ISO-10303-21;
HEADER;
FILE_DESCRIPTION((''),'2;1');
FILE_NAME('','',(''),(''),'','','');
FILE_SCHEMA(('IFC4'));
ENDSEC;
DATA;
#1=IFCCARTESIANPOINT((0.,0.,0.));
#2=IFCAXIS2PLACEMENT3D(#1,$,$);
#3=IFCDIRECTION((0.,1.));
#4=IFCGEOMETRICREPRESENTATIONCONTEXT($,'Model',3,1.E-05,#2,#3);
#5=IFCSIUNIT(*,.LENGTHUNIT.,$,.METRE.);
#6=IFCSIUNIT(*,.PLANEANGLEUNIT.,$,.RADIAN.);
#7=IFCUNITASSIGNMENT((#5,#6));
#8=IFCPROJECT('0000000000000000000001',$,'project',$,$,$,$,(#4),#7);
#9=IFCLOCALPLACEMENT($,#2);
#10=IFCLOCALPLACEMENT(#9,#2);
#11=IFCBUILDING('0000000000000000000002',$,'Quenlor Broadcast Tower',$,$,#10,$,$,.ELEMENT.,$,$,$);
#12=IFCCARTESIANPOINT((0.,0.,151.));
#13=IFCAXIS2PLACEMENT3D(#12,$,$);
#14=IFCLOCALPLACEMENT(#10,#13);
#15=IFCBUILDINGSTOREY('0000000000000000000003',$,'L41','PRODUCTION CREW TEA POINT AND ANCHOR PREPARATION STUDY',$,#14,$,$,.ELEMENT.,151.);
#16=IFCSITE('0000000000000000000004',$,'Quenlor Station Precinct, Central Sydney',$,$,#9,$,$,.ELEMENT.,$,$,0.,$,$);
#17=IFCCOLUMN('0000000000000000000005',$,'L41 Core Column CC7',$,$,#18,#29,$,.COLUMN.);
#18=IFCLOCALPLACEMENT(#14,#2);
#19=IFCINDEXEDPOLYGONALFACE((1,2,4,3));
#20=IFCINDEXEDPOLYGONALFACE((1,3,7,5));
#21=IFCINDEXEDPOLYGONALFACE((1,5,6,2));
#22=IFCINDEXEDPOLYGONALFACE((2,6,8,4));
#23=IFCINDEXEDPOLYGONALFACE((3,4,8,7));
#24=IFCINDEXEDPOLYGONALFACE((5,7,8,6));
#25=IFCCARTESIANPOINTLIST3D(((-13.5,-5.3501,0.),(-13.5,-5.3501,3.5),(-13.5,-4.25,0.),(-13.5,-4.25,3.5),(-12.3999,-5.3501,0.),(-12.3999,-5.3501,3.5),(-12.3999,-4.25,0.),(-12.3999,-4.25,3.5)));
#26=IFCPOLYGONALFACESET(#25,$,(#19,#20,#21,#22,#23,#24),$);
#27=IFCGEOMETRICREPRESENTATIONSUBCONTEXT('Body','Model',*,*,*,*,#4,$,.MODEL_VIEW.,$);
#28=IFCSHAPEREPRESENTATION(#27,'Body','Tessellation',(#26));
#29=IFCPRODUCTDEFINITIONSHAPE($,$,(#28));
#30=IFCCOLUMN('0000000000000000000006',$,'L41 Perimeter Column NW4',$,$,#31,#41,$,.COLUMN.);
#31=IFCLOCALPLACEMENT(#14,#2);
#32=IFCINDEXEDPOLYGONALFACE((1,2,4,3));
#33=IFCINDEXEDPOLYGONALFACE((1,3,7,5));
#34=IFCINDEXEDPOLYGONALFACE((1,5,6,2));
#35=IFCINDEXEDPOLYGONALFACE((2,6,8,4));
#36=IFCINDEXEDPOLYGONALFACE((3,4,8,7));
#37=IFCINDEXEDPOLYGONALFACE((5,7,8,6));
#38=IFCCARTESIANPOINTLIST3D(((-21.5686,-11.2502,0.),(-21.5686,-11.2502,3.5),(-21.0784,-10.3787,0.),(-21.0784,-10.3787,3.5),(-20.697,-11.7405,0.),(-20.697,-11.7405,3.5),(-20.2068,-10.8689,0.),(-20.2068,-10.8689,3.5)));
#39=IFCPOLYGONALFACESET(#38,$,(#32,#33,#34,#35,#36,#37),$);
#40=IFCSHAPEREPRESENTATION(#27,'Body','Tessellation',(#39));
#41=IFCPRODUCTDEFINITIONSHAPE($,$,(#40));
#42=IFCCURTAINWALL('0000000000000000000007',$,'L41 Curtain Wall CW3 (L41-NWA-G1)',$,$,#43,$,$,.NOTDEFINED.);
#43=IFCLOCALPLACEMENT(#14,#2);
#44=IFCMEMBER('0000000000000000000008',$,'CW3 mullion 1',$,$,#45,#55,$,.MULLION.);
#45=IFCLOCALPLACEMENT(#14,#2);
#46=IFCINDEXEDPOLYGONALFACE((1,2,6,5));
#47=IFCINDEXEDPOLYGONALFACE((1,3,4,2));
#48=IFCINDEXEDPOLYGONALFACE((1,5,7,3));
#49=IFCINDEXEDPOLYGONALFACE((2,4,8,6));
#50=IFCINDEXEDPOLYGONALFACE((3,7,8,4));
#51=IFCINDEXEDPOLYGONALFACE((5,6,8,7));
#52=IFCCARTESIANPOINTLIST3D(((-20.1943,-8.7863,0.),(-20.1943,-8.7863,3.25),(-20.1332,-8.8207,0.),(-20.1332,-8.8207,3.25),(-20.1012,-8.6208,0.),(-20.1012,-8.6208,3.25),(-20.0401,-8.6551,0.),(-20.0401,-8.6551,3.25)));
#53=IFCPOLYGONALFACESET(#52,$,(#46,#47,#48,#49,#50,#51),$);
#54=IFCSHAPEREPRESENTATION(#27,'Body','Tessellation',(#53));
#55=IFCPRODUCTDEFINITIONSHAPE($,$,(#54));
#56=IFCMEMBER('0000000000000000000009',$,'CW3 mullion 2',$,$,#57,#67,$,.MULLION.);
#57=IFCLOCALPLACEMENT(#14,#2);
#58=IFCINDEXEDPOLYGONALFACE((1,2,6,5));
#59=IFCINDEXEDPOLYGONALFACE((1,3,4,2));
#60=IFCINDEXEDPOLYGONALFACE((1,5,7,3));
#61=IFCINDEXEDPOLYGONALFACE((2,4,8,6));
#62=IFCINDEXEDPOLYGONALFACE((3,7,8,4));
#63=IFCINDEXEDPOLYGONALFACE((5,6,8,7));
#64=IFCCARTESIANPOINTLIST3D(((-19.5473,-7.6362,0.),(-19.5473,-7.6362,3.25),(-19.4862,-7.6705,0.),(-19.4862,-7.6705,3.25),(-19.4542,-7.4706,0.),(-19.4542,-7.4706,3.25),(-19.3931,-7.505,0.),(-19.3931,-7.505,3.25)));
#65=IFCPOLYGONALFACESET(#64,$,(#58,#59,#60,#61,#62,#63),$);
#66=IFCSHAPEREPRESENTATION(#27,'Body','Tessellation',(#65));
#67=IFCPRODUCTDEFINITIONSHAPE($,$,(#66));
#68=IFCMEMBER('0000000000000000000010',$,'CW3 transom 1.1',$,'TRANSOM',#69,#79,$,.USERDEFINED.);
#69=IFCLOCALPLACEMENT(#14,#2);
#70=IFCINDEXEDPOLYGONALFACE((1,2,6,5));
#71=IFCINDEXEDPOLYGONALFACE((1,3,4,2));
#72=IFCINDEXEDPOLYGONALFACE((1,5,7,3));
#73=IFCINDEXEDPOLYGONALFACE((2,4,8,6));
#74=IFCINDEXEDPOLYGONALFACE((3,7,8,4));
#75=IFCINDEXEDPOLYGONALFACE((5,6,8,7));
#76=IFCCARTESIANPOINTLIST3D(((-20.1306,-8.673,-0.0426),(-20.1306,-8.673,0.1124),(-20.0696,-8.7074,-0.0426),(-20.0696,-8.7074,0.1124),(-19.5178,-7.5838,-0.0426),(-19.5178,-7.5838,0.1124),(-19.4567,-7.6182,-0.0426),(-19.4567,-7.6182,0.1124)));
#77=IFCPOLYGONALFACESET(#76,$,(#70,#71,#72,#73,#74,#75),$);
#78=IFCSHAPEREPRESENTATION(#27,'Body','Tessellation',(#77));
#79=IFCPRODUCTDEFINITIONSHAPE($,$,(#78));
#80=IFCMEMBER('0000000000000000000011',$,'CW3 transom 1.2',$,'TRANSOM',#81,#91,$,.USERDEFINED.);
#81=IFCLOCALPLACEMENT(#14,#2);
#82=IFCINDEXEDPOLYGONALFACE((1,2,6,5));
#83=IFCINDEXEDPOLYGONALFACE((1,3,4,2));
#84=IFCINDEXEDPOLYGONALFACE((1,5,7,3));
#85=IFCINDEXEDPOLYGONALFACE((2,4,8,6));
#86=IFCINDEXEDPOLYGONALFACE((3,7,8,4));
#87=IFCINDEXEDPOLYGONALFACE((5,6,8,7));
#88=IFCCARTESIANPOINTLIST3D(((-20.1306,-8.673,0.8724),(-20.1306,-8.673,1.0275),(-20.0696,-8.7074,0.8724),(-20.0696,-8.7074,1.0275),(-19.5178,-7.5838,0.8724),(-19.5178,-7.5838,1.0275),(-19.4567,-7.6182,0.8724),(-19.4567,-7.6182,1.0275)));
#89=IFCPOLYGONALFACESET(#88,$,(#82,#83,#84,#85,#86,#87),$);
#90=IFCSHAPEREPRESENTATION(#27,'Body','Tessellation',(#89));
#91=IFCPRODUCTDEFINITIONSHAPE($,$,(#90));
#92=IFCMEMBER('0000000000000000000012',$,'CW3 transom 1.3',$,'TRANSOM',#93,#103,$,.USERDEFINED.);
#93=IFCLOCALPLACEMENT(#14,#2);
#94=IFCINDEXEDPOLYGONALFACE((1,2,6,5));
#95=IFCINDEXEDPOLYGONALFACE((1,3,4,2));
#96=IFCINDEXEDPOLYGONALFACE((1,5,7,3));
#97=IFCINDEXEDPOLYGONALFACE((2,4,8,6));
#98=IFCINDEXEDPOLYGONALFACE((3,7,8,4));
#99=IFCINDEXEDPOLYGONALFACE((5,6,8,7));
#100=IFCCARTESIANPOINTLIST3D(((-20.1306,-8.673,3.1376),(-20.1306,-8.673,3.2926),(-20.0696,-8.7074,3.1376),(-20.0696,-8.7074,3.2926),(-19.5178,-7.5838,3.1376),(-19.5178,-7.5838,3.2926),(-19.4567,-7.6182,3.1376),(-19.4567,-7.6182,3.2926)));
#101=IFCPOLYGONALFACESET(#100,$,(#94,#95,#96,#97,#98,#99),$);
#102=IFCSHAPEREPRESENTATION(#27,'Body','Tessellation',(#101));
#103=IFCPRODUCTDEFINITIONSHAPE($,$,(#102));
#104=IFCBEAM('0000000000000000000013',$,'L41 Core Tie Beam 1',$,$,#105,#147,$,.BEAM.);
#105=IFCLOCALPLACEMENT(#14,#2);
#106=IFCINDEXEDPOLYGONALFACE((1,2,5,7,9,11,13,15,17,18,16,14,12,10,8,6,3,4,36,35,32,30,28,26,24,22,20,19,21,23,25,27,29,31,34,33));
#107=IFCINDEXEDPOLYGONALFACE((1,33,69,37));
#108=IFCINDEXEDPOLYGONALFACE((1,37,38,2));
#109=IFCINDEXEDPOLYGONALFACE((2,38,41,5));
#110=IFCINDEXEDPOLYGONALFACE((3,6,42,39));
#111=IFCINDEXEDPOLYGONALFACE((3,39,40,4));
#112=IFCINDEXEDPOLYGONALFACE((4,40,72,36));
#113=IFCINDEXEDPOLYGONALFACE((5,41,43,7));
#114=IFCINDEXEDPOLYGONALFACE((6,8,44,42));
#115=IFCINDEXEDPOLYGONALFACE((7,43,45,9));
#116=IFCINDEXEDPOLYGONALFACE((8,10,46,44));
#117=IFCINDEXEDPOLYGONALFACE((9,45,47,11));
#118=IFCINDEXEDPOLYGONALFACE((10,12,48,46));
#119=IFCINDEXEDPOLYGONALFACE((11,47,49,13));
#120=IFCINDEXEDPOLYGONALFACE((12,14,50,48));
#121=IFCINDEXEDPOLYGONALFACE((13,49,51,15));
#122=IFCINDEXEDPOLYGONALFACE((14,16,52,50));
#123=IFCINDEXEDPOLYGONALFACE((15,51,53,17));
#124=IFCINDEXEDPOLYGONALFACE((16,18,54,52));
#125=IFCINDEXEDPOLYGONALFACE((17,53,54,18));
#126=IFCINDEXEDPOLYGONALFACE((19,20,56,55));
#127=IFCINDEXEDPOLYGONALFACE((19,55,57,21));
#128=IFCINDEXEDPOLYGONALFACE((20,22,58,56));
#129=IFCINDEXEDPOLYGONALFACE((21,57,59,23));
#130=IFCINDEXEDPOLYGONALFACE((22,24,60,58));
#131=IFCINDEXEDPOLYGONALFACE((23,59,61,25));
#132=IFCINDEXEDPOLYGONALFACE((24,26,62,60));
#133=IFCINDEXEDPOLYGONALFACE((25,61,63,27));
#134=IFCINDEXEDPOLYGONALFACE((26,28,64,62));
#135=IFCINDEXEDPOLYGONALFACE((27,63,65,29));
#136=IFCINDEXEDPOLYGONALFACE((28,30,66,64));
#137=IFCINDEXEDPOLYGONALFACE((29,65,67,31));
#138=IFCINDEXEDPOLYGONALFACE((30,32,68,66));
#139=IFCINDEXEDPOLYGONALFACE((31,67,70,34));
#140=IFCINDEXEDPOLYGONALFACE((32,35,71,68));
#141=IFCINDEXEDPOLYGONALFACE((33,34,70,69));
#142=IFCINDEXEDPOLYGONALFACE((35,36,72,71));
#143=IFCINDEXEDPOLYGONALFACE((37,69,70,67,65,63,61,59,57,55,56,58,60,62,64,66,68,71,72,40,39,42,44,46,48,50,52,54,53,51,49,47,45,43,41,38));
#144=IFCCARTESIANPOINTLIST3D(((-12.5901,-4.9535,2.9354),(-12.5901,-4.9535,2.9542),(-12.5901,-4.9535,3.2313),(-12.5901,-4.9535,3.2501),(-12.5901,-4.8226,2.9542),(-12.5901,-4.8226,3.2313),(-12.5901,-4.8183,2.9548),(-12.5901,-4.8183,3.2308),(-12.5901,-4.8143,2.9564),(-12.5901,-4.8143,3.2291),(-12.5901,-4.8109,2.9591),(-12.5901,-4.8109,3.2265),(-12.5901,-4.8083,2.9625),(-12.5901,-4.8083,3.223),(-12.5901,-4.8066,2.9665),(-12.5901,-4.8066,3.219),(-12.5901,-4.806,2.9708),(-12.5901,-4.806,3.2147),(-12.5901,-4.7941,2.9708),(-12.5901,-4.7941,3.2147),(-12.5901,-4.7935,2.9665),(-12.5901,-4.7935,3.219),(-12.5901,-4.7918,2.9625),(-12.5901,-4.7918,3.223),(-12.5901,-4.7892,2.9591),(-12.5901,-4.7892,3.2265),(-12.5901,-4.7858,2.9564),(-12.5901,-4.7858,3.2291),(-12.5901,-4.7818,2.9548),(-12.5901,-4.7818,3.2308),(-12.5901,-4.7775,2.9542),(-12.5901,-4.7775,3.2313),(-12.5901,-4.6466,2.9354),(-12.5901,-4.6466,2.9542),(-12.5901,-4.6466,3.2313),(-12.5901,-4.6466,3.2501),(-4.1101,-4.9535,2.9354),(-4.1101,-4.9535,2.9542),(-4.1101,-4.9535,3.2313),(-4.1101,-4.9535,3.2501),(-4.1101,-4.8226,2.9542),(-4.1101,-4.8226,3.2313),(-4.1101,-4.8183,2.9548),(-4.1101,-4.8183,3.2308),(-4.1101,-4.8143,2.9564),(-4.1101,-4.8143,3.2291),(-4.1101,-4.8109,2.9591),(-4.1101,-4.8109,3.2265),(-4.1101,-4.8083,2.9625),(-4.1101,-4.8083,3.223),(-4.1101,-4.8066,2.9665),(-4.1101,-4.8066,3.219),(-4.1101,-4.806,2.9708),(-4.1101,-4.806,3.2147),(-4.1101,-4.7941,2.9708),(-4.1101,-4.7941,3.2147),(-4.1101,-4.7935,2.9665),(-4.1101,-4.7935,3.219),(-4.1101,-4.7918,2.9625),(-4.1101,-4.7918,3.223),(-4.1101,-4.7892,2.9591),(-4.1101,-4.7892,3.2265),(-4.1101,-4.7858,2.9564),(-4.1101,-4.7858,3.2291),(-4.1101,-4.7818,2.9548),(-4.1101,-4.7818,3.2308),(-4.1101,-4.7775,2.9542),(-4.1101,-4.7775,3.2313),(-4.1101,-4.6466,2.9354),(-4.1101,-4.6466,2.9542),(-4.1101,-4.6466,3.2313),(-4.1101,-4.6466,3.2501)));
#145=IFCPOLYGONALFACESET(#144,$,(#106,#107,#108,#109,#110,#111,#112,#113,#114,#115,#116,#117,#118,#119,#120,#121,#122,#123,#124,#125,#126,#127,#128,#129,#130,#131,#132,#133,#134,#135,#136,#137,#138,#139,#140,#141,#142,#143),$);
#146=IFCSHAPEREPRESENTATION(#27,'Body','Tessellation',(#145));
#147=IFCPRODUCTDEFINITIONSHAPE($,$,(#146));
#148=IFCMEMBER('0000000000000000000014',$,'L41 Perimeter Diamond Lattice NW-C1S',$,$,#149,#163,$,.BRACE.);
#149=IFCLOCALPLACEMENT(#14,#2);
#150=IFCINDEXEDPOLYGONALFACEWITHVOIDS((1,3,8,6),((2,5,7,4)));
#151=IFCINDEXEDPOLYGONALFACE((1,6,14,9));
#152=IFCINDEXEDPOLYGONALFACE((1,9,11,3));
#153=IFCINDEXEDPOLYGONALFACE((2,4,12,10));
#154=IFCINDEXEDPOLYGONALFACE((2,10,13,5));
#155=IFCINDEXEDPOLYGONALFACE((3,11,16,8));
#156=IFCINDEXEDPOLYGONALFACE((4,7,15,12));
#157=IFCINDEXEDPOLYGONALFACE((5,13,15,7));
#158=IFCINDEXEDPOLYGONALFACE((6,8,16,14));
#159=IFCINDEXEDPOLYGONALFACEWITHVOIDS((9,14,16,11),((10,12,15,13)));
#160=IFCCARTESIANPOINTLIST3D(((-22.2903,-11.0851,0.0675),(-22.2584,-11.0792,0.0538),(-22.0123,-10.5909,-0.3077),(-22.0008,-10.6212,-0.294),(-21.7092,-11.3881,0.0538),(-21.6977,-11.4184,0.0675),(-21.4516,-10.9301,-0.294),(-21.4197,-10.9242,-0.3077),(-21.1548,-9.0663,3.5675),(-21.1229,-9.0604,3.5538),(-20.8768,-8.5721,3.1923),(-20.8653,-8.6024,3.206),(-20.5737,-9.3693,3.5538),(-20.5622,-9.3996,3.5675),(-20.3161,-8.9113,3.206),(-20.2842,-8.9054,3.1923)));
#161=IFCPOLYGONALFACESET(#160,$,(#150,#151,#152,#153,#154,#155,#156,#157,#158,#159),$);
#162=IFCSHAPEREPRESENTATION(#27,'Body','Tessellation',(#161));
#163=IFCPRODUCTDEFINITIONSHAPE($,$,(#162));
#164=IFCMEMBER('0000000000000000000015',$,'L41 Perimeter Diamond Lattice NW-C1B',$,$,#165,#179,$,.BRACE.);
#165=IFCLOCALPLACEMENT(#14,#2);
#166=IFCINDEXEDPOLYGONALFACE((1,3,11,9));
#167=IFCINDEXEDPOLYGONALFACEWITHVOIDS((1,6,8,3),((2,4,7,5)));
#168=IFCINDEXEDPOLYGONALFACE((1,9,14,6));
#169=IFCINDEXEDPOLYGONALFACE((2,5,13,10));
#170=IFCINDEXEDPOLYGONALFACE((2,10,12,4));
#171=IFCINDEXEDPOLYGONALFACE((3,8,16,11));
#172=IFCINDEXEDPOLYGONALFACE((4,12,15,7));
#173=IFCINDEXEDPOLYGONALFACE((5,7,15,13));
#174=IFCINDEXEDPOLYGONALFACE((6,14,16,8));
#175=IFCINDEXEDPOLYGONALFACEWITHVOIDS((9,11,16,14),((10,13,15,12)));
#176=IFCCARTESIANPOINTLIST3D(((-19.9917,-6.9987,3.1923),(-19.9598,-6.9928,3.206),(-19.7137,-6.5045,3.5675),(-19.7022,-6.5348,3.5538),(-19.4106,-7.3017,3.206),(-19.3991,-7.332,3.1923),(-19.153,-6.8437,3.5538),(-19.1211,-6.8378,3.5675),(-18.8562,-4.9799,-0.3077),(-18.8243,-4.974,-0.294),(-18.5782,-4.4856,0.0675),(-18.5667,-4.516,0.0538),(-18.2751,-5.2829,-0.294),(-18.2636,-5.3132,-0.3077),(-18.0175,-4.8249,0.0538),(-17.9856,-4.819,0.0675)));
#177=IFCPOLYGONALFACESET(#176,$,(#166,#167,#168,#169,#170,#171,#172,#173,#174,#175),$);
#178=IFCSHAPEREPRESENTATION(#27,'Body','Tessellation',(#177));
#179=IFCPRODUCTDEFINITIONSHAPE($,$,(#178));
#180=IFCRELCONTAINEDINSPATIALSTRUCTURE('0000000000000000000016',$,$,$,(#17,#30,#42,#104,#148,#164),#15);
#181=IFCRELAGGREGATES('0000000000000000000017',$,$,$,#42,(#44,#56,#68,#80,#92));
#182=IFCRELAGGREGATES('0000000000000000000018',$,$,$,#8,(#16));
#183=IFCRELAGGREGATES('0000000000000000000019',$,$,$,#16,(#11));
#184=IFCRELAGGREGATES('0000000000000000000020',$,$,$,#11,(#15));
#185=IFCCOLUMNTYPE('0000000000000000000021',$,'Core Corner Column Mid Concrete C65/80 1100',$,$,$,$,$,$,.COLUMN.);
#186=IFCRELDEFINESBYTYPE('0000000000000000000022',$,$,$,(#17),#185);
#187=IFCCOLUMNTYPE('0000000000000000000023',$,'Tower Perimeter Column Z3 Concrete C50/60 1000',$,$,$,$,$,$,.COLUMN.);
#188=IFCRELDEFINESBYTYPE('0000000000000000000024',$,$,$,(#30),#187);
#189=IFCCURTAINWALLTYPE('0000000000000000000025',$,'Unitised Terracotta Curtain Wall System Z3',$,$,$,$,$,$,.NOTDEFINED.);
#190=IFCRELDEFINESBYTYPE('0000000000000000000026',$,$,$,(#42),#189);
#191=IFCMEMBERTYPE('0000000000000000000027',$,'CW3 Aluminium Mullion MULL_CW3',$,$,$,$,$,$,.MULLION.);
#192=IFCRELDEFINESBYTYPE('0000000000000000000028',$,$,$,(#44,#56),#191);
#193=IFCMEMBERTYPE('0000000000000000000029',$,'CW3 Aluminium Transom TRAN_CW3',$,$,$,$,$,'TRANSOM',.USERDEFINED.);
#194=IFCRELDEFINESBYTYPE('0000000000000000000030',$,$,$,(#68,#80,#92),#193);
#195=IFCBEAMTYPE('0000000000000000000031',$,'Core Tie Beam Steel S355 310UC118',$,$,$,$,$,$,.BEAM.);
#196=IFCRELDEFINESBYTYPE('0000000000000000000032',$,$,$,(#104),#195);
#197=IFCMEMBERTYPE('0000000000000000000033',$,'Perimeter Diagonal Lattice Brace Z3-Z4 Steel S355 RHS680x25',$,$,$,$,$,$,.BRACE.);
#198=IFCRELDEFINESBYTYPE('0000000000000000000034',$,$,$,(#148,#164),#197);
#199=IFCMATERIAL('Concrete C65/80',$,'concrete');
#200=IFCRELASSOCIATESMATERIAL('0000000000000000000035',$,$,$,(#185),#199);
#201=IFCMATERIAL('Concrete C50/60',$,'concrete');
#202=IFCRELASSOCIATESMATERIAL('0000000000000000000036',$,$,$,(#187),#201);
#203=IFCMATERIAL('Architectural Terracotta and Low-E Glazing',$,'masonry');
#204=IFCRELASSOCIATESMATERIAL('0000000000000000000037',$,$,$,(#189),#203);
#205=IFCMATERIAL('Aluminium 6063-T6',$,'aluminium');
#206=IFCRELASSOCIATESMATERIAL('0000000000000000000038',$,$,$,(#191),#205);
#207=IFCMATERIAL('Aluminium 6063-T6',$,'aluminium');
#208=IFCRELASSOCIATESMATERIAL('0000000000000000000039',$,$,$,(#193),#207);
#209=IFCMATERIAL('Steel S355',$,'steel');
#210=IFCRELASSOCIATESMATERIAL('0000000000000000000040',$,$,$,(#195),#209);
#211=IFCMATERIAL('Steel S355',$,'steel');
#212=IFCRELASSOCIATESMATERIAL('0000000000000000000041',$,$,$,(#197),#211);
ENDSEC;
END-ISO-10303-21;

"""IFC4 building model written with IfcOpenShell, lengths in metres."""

from ifc_helpers import new_model, si_unit, direction, frame, origin, origin_2d, place, context, subcontext, project, spatial, rectangle, hollow_rectangle, i_section, extrude, material, material_profile, profile_set, type_object, element, aggregate, save


model = new_model("IFC4")

# Units and contexts
model_context = context("Model", 3, precision=1e-05, world=origin(), true_north=direction((0.0, 1.0)))
body_context = subcontext(model_context, "Body", "Model", "MODEL_VIEW")
ifc_project = project(units=[si_unit("LENGTHUNIT", "METRE"), si_unit("PLANEANGLEUNIT", "RADIAN")], contexts=[model_context])

# Site, building, storey
site_placement = place(None, origin())
site = spatial("IfcSite", under=ifc_project, at=site_placement, Name="Quenlor Station Precinct, Central Sydney", CompositionType="ELEMENT", RefElevation=0.0)
building_placement = place(site_placement, origin())
building = spatial("IfcBuilding", under=site, at=building_placement, Name="Quenlor Broadcast Tower", CompositionType="ELEMENT")
storey_placement = place(building_placement, frame((0.0, 0.0, 151.0)))
storey = spatial("IfcBuildingStorey", under=building, at=storey_placement, Name="L41", Description="PRODUCTION CREW TEA POINT AND ANCHOR PREPARATION STUDY", CompositionType="ELEMENT", Elevation=151.0)

# Columns
ifc_material_1 = material(Name="Concrete C65/80", Category="concrete")
ifc_material_profile_1 = material_profile(ifc_material_1, rectangle(XDim=1.1001, YDim=1.1001, at=origin_2d()))
ifc_profile_set_1 = profile_set([ifc_material_profile_1], Name="Concrete C65/80 RC1100x1100")
column_type_1 = type_object("IfcColumnType", Name="Core Corner Column Mid Concrete C65/80 1100", PredefinedType="COLUMN", material=ifc_profile_set_1)
column_1_placement = place(storey_placement, frame((-12.95, -4.8, 0.0), z_axis=(0.0, 0.0, 1.0), x_axis=(1.0, 0.0, 0.0)))
element("IfcColumn", 1, at=column_1_placement, inside=storey, type_object=column_type_1, Name="L41 Core Column CC7", PredefinedType="COLUMN", context=body_context, shape_type="SweptSolid", body=[
    extrude(rectangle(XDim=1.1001, YDim=1.1001, at=origin_2d()), origin(), (0.0, 0.0, 1.0), 3.5),
])
ifc_material_2 = material(Name="Concrete C50/60", Category="concrete")
ifc_material_profile_2 = material_profile(ifc_material_2, rectangle(XDim=1.0, YDim=1.0, at=origin_2d()))
ifc_profile_set_2 = profile_set([ifc_material_profile_2], Name="Concrete C50/60 RC1000x1000")
column_type_2 = type_object("IfcColumnType", Name="Tower Perimeter Column Z3 Concrete C50/60 1000", PredefinedType="COLUMN", material=ifc_profile_set_2)
column_2_placement = place(storey_placement, frame((-20.8877, -11.0596, 0.0), z_axis=(0.0, 0.0, 1.0), x_axis=(-0.871575, 0.490262, 0.0)))
element("IfcColumn", 2, at=column_2_placement, inside=storey, type_object=column_type_2, Name="L41 Perimeter Column NW4", PredefinedType="COLUMN", context=body_context, shape_type="SweptSolid", body=[
    extrude(rectangle(XDim=1.0, YDim=1.0, at=origin_2d()), origin(), (0.0, 0.0, 1.0), 3.5),
])

# Curtain wall, members
ifc_material_3 = material(Name="Architectural Terracotta and Low-E Glazing", Category="masonry")
curtain_wall_type = type_object("IfcCurtainWallType", Name="Unitised Terracotta Curtain Wall System Z3", PredefinedType="NOTDEFINED", material=ifc_material_3)
curtain_wall_placement = place(storey_placement, origin())
curtain_wall = element("IfcCurtainWall", 3, at=curtain_wall_placement, inside=storey, type_object=curtain_wall_type, Name="L41 Curtain Wall CW3 (L41-NWA-G1)", PredefinedType="NOTDEFINED")
ifc_material_4 = material(Name="Aluminium 6063-T6", Category="aluminium")
ifc_material_profile_3 = material_profile(ifc_material_4, rectangle(XDim=0.0701, YDim=0.1899, at=origin_2d()))
ifc_profile_set_3 = profile_set([ifc_material_profile_3], Name="Aluminium 6063-T6 MULL70x190")
member_type_1 = type_object("IfcMemberType", Name="CW3 Aluminium Mullion MULL_CW3", PredefinedType="MULLION", material=ifc_profile_set_3)
member_1_placement = place(storey_placement, frame((-20.1172, -8.7207, 0.0), z_axis=(0.0, 0.0, 1.0), x_axis=(-0.871576, 0.490261, 0.0)))
member_1 = element("IfcMember", 4, at=member_1_placement, type_object=member_type_1, Name="CW3 mullion 1", PredefinedType="MULLION", context=body_context, shape_type="SweptSolid", body=[
    extrude(rectangle(XDim=0.0701, YDim=0.1899, at=origin_2d()), origin(), (0.0, 0.0, 1.0), 3.25),
])
member_2_placement = place(storey_placement, frame((-19.4702, -7.5706, 0.0), z_axis=(0.0, 0.0, 1.0), x_axis=(-0.871576, 0.490261, 0.0)))
member_2 = element("IfcMember", 5, at=member_2_placement, type_object=member_type_1, Name="CW3 mullion 2", PredefinedType="MULLION", context=body_context, shape_type="SweptSolid", body=[
    extrude(rectangle(XDim=0.0701, YDim=0.1899, at=origin_2d()), origin(), (0.0, 0.0, 1.0), 3.25),
])
ifc_material_5 = material(Name="Aluminium 6063-T6", Category="aluminium")
ifc_material_profile_4 = material_profile(ifc_material_5, rectangle(XDim=0.0701, YDim=0.155, at=origin_2d()))
ifc_profile_set_4 = profile_set([ifc_material_profile_4], Name="Aluminium 6063-T6 TRAN70x155")
member_type_2 = type_object("IfcMemberType", Name="CW3 Aluminium Transom TRAN_CW3", ElementType="TRANSOM", PredefinedType="USERDEFINED", material=ifc_profile_set_4)
member_3_placement = place(storey_placement, frame((-20.1001, -8.6902, 0.0349), z_axis=(0.490363, 0.871518, 0.0), x_axis=(-0.871518, 0.490363, 0.0)))
member_3 = element("IfcMember", 6, at=member_3_placement, type_object=member_type_2, Name="CW3 transom 1.1", ObjectType="TRANSOM", PredefinedType="USERDEFINED", context=body_context, shape_type="SweptSolid", body=[
    extrude(rectangle(XDim=0.0701, YDim=0.155, at=origin_2d()), origin(), (0.0, 0.0, 1.0), 1.2498),
])
member_4_placement = place(storey_placement, frame((-20.1001, -8.6902, 0.95), z_axis=(0.490363, 0.871518, 0.0), x_axis=(-0.871518, 0.490363, 0.0)))
member_4 = element("IfcMember", 7, at=member_4_placement, type_object=member_type_2, Name="CW3 transom 1.2", ObjectType="TRANSOM", PredefinedType="USERDEFINED", context=body_context, shape_type="SweptSolid", body=[
    extrude(rectangle(XDim=0.0701, YDim=0.155, at=origin_2d()), origin(), (0.0, 0.0, 1.0), 1.2498),
])
member_5_placement = place(storey_placement, frame((-20.1001, -8.6902, 3.2151), z_axis=(0.490363, 0.871518, 0.0), x_axis=(-0.871518, 0.490363, 0.0)))
member_5 = element("IfcMember", 8, at=member_5_placement, type_object=member_type_2, Name="CW3 transom 1.3", ObjectType="TRANSOM", PredefinedType="USERDEFINED", context=body_context, shape_type="SweptSolid", body=[
    extrude(rectangle(XDim=0.0701, YDim=0.155, at=origin_2d()), origin(), (0.0, 0.0, 1.0), 1.2498),
])

# Beam
ifc_material_6 = material(Name="Steel S355", Category="steel")
ifc_material_profile_5 = material_profile(ifc_material_6, i_section(OverallWidth=0.3069, OverallDepth=0.3147, WebThickness=0.012, FlangeThickness=0.0188, FilletRadius=0.0166, at=origin_2d()))
ifc_profile_set_5 = profile_set([ifc_material_profile_5], Name="Steel S355 310UC118")
beam_type_1 = type_object("IfcBeamType", Name="Core Tie Beam Steel S355 310UC118", PredefinedType="BEAM", material=ifc_profile_set_5)
beam_1_placement = place(storey_placement, frame((-12.5901, -4.8, 3.0928), z_axis=(1.0, 0.0, 0.0), x_axis=(0.0, 1.0, 0.0)))
element("IfcBeam", 9, at=beam_1_placement, inside=storey, type_object=beam_type_1, Name="L41 Core Tie Beam 1", PredefinedType="BEAM", context=body_context, shape_type="SweptSolid", body=[
    extrude(i_section(OverallWidth=0.3069, OverallDepth=0.3147, WebThickness=0.012, FlangeThickness=0.0188, FilletRadius=0.0166, at=origin_2d()), origin(), (0.0, 0.0, 1.0), 8.48),
])

# Members
ifc_material_7 = material(Name="Steel S355", Category="steel")
ifc_material_profile_6 = material_profile(ifc_material_7, hollow_rectangle(XDim=0.6799, YDim=0.6799, WallThickness=0.0249, at=origin_2d()))
ifc_profile_set_6 = profile_set([ifc_material_profile_6], Name="Steel S355 RHS680x680x25")
member_type_3 = type_object("IfcMemberType", Name="Perimeter Diagonal Lattice Brace Z3-Z4 Steel S355 RHS680x25", PredefinedType="BRACE", material=ifc_profile_set_6)
for number, where, z_axis, x_axis, name in (
    (10, (-21.855, -11.0046, -0.1201), (0.270549, 0.481009, 0.833927), (-0.87159, 0.490236, 0.0), "L41 Perimeter Diamond Lattice NW-C1S"),
    (11, (-18.4209, -4.8994, -0.1201), (-0.270549, -0.481009, 0.833927), (0.87159, -0.490236, 0.0), "L41 Perimeter Diamond Lattice NW-C1B"),
):
    element("IfcMember", number, at=place(storey_placement, frame(where, z_axis=z_axis, x_axis=x_axis)), inside=storey, type_object=member_type_3, Name=name, PredefinedType="BRACE", context=body_context, shape_type="SweptSolid", body=[
        extrude(hollow_rectangle(XDim=0.6799, YDim=0.6799, WallThickness=0.0249, at=origin_2d()), origin(), (0.0, 0.0, 1.0), 4.197),
    ])

aggregate(curtain_wall, [member_1, member_2, member_3, member_4, member_5])

save(model, "model.ifc")
